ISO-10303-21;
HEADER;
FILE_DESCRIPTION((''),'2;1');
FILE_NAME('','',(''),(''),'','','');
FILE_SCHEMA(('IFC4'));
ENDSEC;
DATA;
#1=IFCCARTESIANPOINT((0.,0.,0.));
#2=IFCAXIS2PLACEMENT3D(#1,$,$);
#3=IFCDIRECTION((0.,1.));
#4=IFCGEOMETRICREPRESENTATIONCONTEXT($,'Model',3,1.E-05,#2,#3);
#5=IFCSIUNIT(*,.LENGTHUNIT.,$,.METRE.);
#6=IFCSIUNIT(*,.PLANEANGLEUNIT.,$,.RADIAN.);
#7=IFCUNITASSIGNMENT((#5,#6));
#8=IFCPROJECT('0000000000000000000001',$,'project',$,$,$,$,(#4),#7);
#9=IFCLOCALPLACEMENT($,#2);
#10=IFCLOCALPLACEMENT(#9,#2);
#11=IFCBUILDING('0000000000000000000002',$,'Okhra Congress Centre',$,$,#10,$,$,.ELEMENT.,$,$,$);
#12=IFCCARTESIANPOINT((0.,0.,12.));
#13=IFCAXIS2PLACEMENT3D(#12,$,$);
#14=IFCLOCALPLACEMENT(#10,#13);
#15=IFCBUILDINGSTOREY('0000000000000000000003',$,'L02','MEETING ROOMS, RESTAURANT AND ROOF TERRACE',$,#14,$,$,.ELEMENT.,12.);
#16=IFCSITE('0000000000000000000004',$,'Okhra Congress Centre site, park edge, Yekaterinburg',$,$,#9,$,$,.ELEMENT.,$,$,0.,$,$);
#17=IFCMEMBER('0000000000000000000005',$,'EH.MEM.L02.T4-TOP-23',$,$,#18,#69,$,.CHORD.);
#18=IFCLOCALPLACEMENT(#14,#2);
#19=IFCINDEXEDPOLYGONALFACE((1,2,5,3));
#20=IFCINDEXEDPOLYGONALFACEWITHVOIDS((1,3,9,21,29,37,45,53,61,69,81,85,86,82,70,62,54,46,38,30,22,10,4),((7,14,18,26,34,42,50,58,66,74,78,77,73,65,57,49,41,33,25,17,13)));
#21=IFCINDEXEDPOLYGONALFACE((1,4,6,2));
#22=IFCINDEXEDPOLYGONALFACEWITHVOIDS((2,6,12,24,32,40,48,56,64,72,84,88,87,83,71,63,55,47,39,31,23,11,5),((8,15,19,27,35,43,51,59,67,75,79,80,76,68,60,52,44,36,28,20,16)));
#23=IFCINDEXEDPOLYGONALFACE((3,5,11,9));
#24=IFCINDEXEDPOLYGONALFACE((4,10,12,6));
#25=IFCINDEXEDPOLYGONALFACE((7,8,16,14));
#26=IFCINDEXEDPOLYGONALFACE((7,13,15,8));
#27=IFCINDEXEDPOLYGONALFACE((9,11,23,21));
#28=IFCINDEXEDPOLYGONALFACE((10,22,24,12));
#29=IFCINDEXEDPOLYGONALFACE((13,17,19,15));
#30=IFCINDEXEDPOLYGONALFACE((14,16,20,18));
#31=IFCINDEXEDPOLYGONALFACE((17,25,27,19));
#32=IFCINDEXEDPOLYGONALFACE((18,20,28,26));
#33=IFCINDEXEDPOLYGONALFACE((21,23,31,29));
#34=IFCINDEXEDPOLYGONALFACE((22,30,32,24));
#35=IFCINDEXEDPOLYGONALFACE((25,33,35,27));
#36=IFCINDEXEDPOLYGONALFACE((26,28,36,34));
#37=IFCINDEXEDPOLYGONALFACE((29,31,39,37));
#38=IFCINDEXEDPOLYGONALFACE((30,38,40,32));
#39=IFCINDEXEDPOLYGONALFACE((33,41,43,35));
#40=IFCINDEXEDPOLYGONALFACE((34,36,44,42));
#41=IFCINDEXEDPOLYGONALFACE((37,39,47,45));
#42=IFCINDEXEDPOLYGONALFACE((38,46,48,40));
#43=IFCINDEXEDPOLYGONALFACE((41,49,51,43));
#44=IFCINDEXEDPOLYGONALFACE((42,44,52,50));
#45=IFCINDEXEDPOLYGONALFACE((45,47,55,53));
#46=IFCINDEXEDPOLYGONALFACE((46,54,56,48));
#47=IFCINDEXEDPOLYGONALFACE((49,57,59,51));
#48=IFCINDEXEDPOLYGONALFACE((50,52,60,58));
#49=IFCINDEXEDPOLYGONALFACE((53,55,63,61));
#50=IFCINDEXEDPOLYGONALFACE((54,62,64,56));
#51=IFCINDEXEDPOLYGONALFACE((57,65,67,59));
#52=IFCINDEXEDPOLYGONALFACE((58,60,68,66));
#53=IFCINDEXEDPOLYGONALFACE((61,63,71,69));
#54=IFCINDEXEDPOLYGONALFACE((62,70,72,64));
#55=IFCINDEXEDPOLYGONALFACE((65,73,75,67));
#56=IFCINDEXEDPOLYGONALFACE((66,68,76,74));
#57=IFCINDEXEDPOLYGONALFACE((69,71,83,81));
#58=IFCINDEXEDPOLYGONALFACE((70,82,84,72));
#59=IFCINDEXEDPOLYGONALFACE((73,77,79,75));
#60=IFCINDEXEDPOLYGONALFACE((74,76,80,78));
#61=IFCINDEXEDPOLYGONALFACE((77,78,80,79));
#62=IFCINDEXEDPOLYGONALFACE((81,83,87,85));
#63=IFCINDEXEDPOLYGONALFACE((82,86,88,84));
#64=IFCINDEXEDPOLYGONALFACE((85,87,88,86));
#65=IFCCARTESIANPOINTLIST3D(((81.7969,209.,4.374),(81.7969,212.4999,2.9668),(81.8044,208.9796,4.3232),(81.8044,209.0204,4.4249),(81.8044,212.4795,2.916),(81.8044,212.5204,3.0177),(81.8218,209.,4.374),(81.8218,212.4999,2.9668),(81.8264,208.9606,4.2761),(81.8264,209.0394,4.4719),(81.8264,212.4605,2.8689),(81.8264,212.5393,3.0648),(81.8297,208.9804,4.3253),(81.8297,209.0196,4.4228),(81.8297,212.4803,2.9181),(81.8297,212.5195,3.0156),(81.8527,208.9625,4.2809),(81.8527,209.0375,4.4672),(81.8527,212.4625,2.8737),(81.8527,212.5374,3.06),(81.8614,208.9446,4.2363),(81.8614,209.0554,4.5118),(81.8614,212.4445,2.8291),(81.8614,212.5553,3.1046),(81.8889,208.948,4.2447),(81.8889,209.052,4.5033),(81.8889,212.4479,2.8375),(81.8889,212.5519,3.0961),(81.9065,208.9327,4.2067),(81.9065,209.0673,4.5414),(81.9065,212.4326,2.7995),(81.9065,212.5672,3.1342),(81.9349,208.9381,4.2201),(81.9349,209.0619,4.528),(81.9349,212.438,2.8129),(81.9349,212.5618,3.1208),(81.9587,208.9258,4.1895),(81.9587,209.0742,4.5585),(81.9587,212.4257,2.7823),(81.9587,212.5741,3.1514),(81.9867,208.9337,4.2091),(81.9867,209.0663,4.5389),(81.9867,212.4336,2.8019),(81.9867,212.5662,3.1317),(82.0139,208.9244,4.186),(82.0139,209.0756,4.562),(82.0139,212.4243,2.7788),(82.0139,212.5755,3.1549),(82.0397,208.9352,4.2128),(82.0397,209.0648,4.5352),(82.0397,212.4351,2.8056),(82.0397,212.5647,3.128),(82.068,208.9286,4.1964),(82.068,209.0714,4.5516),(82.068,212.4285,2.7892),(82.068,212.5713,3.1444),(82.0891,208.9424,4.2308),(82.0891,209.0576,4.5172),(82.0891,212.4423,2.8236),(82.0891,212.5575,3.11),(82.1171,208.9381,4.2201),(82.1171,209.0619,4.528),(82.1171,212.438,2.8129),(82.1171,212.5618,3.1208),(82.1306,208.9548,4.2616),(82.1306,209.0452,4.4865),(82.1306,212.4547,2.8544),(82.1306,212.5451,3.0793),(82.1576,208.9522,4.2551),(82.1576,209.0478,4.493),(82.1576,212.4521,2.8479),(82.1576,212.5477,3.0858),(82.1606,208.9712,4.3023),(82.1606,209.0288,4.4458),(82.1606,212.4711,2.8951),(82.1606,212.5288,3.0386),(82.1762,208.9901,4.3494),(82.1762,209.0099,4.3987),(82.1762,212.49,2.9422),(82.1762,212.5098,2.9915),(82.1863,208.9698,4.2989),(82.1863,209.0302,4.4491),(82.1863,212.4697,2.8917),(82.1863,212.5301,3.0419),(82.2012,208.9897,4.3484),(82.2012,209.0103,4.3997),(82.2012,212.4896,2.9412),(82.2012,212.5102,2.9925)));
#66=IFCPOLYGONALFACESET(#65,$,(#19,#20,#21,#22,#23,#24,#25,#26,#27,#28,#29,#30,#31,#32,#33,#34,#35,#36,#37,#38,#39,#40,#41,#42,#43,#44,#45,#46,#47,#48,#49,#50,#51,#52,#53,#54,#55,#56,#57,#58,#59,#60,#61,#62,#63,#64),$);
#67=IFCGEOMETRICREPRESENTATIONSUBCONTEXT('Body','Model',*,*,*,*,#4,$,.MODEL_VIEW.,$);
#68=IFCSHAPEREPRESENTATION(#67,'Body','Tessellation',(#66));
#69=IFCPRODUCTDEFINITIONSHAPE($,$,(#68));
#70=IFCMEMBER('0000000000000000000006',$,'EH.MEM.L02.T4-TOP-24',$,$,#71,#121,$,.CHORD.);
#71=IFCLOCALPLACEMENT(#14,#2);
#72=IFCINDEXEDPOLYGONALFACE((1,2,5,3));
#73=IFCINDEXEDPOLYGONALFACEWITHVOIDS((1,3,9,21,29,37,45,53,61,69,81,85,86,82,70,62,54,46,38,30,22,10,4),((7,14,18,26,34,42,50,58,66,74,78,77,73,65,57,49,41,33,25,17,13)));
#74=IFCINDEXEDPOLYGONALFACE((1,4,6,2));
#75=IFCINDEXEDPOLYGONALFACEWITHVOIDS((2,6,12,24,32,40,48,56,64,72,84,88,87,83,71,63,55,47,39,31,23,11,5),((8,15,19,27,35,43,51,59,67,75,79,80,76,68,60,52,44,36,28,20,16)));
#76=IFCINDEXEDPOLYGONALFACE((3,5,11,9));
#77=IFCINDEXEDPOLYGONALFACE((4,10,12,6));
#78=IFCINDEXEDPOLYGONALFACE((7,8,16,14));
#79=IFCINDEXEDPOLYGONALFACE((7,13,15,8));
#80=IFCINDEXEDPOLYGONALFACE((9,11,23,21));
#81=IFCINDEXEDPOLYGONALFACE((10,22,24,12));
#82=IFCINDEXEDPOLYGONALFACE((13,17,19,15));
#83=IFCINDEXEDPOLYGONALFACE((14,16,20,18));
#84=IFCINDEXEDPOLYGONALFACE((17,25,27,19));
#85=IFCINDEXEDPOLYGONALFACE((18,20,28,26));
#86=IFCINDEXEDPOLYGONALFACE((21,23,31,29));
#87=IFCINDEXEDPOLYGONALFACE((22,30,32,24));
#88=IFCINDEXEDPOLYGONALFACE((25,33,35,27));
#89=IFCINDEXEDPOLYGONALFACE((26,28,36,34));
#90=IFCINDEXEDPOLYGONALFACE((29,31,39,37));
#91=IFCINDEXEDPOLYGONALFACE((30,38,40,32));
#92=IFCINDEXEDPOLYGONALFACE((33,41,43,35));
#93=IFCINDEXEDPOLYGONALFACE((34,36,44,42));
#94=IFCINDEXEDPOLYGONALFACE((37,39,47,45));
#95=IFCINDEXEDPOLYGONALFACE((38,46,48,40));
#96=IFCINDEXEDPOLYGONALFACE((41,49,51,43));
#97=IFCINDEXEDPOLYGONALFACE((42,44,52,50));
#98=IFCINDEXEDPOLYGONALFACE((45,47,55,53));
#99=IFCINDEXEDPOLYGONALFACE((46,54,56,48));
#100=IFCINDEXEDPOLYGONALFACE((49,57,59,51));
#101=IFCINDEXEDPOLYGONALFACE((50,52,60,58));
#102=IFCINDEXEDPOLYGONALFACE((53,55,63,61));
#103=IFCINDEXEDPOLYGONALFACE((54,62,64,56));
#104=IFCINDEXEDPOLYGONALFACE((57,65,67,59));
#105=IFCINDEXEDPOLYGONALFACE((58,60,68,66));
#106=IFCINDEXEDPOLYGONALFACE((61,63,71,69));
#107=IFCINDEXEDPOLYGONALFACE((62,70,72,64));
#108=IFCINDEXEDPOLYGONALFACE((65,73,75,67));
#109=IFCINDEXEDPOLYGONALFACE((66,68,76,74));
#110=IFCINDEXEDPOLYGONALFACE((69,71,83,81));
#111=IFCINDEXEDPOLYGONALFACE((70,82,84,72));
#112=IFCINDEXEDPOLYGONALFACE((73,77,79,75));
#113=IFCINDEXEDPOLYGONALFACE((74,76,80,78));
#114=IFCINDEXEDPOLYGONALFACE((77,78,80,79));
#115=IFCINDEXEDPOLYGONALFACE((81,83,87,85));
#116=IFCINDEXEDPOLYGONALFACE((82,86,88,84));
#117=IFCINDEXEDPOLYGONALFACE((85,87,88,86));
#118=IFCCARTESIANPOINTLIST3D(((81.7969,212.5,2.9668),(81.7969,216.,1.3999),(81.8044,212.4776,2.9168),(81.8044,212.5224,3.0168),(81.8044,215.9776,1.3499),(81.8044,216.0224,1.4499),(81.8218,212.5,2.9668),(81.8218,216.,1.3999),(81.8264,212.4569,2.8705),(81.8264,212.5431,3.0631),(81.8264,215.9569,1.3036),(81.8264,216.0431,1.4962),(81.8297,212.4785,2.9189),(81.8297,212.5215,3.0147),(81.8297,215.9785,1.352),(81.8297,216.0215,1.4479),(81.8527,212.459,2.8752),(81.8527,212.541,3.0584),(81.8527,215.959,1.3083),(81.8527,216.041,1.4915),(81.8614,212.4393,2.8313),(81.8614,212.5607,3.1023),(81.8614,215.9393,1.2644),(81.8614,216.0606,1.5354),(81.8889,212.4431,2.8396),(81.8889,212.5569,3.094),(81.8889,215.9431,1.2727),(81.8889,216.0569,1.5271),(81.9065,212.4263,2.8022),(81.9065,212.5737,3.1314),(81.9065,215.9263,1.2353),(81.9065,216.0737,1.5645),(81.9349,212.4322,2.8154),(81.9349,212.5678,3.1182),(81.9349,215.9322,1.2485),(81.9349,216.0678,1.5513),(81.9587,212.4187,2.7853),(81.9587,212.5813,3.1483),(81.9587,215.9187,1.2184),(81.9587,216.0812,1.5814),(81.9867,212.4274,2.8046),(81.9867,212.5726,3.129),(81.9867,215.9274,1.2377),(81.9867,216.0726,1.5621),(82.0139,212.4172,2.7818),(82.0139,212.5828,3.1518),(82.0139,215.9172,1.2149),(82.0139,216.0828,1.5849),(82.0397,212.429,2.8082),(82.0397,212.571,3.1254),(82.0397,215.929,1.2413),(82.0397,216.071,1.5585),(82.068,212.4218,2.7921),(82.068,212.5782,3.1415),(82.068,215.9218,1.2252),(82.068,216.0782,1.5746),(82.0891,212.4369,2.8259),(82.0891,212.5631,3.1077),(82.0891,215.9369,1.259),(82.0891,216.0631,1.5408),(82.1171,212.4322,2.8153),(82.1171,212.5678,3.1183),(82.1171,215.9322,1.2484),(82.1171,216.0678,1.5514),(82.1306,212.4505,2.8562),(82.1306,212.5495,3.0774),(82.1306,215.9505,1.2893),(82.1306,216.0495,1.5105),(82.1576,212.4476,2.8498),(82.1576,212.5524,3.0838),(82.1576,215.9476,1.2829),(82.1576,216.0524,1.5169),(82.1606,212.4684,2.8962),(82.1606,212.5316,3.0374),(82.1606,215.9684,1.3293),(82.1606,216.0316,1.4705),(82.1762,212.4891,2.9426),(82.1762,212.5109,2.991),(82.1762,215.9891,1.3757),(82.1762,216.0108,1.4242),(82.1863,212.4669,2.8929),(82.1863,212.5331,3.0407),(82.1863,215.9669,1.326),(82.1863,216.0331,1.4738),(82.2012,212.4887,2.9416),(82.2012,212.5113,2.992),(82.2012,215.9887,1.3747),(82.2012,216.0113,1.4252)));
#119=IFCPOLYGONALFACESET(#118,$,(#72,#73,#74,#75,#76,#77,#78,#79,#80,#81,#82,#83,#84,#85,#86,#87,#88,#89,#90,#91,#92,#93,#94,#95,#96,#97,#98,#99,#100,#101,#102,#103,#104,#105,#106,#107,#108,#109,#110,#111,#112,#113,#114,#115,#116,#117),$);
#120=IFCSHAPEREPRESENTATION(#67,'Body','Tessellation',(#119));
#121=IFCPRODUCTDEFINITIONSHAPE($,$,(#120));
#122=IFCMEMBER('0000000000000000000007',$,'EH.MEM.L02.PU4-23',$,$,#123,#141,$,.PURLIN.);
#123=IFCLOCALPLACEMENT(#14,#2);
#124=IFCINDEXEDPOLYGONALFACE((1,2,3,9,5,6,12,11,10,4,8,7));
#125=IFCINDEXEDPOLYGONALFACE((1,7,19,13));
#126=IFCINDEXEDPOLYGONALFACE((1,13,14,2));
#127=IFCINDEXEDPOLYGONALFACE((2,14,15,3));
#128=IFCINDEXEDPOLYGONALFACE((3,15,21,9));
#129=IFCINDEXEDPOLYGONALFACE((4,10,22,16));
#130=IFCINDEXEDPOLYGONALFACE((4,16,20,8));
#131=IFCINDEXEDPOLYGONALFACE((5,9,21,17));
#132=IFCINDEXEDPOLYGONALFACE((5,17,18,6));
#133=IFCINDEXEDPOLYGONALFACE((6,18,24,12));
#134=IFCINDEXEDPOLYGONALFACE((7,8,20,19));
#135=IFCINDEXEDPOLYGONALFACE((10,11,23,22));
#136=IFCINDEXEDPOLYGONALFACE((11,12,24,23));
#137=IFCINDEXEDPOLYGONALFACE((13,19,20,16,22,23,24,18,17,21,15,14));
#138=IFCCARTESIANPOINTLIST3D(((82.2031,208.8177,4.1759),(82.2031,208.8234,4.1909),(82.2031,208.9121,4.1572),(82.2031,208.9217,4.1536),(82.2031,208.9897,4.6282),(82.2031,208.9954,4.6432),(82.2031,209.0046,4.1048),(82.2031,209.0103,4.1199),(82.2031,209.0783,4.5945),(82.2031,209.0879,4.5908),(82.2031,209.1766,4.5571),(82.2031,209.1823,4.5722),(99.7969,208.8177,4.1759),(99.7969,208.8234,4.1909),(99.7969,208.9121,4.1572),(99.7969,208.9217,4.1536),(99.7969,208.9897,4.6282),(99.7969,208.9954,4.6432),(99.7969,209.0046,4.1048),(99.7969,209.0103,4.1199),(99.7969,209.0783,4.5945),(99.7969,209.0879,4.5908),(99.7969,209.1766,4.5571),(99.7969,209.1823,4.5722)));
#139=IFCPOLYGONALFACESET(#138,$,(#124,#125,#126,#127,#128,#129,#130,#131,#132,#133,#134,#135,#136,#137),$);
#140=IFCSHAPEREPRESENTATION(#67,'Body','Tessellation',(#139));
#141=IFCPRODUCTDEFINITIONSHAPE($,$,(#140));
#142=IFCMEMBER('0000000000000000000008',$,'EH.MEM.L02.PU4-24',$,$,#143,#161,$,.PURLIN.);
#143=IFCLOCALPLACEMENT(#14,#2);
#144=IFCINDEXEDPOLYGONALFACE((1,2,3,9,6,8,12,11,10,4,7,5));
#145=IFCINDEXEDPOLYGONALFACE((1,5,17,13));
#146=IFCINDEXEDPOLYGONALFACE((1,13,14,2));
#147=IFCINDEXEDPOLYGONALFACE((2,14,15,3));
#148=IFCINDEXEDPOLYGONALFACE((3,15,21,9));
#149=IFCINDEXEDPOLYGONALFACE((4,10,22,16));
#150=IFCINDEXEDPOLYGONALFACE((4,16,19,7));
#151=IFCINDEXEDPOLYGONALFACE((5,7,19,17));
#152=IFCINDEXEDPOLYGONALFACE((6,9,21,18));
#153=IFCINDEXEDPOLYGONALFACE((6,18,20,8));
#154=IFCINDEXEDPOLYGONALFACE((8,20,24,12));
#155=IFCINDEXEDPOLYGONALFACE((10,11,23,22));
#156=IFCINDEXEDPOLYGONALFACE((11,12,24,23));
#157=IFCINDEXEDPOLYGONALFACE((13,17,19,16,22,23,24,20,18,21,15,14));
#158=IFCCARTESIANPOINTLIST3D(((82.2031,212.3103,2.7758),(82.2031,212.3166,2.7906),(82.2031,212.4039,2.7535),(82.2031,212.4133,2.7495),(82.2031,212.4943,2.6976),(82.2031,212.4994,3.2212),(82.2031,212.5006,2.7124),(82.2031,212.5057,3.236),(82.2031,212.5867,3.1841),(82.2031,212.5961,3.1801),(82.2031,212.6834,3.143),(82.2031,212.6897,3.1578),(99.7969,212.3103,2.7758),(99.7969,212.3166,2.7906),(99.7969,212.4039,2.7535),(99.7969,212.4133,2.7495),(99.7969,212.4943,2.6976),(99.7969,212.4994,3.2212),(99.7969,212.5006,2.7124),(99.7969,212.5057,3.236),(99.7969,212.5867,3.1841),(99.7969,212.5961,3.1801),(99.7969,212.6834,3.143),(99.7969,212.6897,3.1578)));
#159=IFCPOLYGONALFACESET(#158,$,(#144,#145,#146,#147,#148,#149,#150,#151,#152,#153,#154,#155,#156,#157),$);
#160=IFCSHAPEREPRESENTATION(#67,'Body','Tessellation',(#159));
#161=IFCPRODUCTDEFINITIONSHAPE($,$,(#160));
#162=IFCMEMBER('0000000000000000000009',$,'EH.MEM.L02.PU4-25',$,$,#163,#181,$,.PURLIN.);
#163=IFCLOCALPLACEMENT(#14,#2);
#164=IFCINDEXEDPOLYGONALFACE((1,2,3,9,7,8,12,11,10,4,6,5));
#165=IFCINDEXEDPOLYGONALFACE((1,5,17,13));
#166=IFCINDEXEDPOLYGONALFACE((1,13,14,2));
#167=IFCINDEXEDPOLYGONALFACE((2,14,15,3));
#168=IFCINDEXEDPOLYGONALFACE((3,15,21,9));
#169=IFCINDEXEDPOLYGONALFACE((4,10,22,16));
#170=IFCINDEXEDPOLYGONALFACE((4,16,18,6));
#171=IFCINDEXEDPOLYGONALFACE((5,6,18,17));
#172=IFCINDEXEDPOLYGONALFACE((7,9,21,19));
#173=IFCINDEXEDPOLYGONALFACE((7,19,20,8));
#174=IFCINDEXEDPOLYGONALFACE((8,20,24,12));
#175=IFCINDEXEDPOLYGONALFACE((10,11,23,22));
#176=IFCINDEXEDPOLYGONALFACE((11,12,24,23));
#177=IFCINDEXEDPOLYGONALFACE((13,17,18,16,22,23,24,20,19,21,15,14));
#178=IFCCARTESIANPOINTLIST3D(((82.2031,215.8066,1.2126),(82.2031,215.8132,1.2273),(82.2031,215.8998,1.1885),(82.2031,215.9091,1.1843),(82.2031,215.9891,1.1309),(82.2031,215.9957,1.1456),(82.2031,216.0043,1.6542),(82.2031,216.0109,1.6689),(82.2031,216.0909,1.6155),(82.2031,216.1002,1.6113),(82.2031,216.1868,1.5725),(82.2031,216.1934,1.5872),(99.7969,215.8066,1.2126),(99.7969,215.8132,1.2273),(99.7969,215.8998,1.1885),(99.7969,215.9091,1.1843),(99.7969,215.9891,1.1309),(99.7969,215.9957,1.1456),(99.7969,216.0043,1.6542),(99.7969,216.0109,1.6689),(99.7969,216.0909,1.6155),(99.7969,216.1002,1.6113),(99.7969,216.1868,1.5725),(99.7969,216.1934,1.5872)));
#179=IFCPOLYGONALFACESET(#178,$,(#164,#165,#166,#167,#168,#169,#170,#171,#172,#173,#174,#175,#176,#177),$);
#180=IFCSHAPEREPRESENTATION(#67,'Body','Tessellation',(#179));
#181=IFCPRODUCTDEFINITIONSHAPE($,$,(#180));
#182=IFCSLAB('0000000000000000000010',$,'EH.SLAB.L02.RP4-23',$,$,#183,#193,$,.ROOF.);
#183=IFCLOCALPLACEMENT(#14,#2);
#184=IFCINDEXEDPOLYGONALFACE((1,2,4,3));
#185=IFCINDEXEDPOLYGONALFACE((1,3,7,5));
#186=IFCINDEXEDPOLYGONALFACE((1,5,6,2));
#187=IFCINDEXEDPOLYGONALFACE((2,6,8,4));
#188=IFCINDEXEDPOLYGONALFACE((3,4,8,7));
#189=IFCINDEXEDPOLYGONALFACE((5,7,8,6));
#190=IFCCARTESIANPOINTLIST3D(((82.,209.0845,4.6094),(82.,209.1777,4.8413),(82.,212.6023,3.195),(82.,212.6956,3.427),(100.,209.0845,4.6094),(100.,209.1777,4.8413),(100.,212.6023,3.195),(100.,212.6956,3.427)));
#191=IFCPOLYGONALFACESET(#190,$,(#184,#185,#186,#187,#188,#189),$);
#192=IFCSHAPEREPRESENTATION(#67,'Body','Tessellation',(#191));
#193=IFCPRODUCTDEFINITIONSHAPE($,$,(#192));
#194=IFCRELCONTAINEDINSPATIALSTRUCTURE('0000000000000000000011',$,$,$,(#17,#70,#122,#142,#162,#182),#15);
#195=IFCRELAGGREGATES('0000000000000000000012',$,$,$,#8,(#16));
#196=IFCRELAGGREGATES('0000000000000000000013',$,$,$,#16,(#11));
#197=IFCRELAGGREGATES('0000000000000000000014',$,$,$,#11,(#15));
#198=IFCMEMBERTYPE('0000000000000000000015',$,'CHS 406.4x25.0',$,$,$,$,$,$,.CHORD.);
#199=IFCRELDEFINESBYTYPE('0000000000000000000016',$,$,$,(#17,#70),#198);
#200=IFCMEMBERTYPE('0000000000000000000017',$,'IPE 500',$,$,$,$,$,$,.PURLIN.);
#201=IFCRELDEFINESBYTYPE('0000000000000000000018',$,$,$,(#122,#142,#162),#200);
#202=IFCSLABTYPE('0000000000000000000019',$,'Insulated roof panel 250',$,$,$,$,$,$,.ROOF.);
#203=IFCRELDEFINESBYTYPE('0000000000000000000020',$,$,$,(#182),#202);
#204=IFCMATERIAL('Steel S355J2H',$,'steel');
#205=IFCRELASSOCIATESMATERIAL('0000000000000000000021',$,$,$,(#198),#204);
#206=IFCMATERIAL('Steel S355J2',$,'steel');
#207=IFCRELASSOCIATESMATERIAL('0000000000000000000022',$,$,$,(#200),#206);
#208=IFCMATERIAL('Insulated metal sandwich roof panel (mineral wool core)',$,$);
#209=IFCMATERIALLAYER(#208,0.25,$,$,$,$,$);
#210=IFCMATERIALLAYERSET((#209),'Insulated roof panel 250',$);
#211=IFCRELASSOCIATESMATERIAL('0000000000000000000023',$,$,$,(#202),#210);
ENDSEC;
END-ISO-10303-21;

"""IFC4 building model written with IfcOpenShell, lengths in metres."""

from ifc_helpers import new_model, si_unit, direction, frame, origin, origin_2d, place, context, subcontext, project, spatial, polyline, hollow_circle, i_section, outline, extrude, material, layer, layer_set, material_profile, profile_set, type_object, element, save


model = new_model("IFC4")

# Units and contexts
model_context = context("Model", 3, precision=1e-05, world=origin(), true_north=direction((0.0, 1.0)))
body_context = subcontext(model_context, "Body", "Model", "MODEL_VIEW")
ifc_project = project(units=[si_unit("LENGTHUNIT", "METRE"), si_unit("PLANEANGLEUNIT", "RADIAN")], contexts=[model_context])

# Site, building, storey
site_placement = place(None, origin())
site = spatial("IfcSite", under=ifc_project, at=site_placement, Name="Okhra Congress Centre site, park edge, Yekaterinburg", CompositionType="ELEMENT", RefElevation=0.0)
building_placement = place(site_placement, origin())
building = spatial("IfcBuilding", under=site, at=building_placement, Name="Okhra Congress Centre", CompositionType="ELEMENT")
storey_placement = place(building_placement, frame((0.0, 0.0, 12.0)))
storey = spatial("IfcBuildingStorey", under=building, at=storey_placement, Name="L02", Description="MEETING ROOMS, RESTAURANT AND ROOF TERRACE", CompositionType="ELEMENT", Elevation=12.0)

# Members
ifc_material_1 = material(Name="Steel S355J2H", Category="steel")
ifc_material_profile_1 = material_profile(ifc_material_1, hollow_circle(Radius=0.2031, WallThickness=0.0249, at=origin_2d()), Name="CHS 406.4x25.0")
ifc_profile_set_1 = profile_set([ifc_material_profile_1], Name="Steel S355J2H")
member_type_1 = type_object("IfcMemberType", Name="CHS 406.4x25.0", PredefinedType="CHORD", material=ifc_profile_set_1)
member_1_placement = place(storey_placement, frame((82.0, 209.0, 4.374), z_axis=(0.0, 0.927815, -0.373042), x_axis=(-1.0, 0.0, 0.0)))
element("IfcMember", 1, at=member_1_placement, inside=storey, type_object=member_type_1, Name="EH.MEM.L02.T4-TOP-23", PredefinedType="CHORD", context=body_context, shape_type="SweptSolid", body=[
    extrude(hollow_circle(Radius=0.2031, WallThickness=0.0249, at=origin_2d()), origin(), (0.0, 0.0, 1.0), 3.7722),
])
member_2_placement = place(storey_placement, frame((82.0, 212.5, 2.9668), z_axis=(0.0, 0.912711, -0.408606), x_axis=(-1.0, 0.0, 0.0)))
element("IfcMember", 2, at=member_2_placement, inside=storey, type_object=member_type_1, Name="EH.MEM.L02.T4-TOP-24", PredefinedType="CHORD", context=body_context, shape_type="SweptSolid", body=[
    extrude(hollow_circle(Radius=0.2031, WallThickness=0.0249, at=origin_2d()), origin(), (0.0, 0.0, 1.0), 3.8347),
])
ifc_material_2 = material(Name="Steel S355J2", Category="steel")
ifc_material_profile_2 = material_profile(ifc_material_2, i_section(OverallWidth=0.2, OverallDepth=0.5, WebThickness=0.0103, FlangeThickness=0.0161, at=origin_2d()), Name="IPE 500")
ifc_profile_set_2 = profile_set([ifc_material_profile_2], Name="Steel S355J2")
member_type_2 = type_object("IfcMemberType", Name="IPE 500", PredefinedType="PURLIN", material=ifc_profile_set_2)
for number, where, z_axis, x_axis, name in (
    (3, (82.2031, 209.0, 4.374), (1.0, 0.0, 0.0), (0.0, 0.934733, -0.355351), "EH.MEM.L02.PU4-23"),
    (4, (82.2031, 212.5, 2.9668), (1.0, 0.0, 0.0), (0.0, 0.920437, -0.39089), "EH.MEM.L02.PU4-24"),
    (5, (82.2031, 216.0, 1.3999), (1.0, 0.0, 0.0), (0.0, 0.912721, -0.408583), "EH.MEM.L02.PU4-25"),
):
    element("IfcMember", number, at=place(storey_placement, frame(where, z_axis=z_axis, x_axis=x_axis)), inside=storey, type_object=member_type_2, Name=name, PredefinedType="PURLIN", context=body_context, shape_type="SweptSolid", body=[
        extrude(i_section(OverallWidth=0.2, OverallDepth=0.5, WebThickness=0.0103, FlangeThickness=0.0161, at=origin_2d()), origin(), (0.0, 0.0, 1.0), 17.5938),
    ])

# Slab
ifc_material_3 = material(Name="Insulated metal sandwich roof panel (mineral wool core)")
ifc_layer_1 = layer(ifc_material_3, 0.25)
ifc_layer_set_1 = layer_set([ifc_layer_1], Name="Insulated roof panel 250")
slab_type = type_object("IfcSlabType", Name="Insulated roof panel 250", PredefinedType="ROOF", material=ifc_layer_set_1)
slab_1_placement = place(storey_placement, frame((82.0, 209.1777, 4.8413), z_axis=(0.0, 0.373022, 0.927822), x_axis=(1.0, 0.0, 0.0)))
element("IfcSlab", 6, at=slab_1_placement, inside=storey, type_object=slab_type, Name="EH.SLAB.L02.RP4-23", PredefinedType="ROOF", context=body_context, shape_type="SweptSolid", body=[
    extrude(outline(polyline([(0.0, 0.0), (18.0, 0.0), (18.0, 3.7915), (0.0, 3.7915), (0.0, 0.0)])), origin(), (0.0, 0.0, -1.0), 0.25),
])

save(model, "model.ifc")
